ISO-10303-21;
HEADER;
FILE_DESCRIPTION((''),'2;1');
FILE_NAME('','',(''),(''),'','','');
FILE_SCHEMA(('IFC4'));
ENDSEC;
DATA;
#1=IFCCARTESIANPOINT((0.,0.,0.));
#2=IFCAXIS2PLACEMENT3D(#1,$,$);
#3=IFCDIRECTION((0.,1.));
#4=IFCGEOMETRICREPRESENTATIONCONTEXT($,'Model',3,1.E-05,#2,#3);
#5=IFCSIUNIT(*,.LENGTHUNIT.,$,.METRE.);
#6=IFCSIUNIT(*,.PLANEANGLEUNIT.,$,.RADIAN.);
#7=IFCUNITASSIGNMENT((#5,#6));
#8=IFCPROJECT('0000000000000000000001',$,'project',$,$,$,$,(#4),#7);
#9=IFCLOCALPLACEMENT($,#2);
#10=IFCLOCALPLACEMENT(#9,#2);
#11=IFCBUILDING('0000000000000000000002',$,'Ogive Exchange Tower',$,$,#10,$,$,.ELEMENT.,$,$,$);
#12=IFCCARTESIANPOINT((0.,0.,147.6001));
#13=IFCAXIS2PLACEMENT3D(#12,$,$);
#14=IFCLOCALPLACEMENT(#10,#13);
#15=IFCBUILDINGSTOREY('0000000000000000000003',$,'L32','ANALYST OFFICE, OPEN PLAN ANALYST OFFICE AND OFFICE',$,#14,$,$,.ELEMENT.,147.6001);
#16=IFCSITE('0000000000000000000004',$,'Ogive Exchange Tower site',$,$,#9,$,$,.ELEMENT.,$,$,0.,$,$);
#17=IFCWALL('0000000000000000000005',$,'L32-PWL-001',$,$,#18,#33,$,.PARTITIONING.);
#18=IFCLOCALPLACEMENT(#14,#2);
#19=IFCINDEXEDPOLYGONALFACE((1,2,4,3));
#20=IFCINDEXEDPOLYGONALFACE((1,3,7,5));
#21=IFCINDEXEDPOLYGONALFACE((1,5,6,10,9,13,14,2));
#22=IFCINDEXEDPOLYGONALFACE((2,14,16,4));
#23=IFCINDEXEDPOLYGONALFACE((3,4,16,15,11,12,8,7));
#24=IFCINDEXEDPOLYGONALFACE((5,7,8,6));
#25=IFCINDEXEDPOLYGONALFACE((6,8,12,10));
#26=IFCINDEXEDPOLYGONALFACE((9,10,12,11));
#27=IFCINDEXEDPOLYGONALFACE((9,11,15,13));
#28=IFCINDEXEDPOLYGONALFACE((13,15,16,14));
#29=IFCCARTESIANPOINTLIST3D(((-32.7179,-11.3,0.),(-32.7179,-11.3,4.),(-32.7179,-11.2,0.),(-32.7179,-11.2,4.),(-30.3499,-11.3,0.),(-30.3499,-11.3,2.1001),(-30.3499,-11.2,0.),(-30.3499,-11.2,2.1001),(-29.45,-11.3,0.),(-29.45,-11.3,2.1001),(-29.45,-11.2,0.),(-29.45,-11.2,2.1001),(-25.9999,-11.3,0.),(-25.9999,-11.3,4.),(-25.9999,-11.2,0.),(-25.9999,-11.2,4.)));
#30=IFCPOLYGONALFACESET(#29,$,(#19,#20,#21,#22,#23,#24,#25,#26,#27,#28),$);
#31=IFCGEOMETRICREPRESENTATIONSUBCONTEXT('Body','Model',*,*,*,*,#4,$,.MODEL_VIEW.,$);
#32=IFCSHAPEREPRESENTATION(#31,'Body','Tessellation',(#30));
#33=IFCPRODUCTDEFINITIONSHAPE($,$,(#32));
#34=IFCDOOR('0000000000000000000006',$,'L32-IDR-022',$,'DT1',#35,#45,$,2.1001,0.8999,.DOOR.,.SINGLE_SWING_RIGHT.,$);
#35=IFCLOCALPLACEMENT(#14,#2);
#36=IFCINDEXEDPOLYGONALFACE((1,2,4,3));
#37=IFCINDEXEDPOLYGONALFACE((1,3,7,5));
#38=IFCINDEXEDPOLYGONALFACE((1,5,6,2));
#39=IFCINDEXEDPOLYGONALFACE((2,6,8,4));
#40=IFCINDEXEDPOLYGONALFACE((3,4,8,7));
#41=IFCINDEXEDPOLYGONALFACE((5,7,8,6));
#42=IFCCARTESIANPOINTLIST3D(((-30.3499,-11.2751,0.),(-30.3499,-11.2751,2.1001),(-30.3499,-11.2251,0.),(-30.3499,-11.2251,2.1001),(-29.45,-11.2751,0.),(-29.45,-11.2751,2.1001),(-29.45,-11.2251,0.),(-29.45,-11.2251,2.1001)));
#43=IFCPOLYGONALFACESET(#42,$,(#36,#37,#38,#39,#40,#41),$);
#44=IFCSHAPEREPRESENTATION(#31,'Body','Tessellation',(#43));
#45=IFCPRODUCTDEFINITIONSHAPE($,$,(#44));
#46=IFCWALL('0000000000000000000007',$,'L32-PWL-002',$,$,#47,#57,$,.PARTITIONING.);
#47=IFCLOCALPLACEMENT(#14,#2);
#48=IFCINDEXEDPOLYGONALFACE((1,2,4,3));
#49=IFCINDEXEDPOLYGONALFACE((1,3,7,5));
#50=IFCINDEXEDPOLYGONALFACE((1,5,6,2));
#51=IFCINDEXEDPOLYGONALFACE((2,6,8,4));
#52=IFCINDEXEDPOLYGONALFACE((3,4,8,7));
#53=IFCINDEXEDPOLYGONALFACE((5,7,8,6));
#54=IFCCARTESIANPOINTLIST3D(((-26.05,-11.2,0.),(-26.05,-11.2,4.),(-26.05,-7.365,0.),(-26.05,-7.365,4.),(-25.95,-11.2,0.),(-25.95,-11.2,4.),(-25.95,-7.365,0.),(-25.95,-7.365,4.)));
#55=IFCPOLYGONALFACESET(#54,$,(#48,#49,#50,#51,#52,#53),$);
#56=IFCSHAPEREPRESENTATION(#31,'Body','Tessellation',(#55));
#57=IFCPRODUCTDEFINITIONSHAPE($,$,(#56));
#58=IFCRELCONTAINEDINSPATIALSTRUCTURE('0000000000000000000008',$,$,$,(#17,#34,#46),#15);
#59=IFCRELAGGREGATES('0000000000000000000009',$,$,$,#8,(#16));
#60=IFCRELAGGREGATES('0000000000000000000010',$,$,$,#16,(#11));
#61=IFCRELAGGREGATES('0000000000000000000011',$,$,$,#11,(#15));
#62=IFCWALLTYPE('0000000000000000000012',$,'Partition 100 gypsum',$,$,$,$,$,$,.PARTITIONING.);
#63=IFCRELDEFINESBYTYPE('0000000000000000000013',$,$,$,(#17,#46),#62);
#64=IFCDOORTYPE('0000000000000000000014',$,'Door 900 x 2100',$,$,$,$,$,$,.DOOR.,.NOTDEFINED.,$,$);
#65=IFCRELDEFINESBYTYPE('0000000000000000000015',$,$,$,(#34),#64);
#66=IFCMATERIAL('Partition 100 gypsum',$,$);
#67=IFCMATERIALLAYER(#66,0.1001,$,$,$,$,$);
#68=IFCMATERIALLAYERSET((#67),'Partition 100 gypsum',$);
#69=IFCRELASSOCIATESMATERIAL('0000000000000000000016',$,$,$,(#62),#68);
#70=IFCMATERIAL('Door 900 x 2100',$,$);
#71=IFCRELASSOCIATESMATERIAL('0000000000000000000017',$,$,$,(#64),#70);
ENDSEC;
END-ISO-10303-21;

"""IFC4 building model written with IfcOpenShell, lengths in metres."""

from ifc_helpers import new_model, si_unit, direction, frame, frame_2d, origin, place, context, subcontext, project, spatial, rectangle, extrude, material, layer, layer_set, type_object, element, fill, save


model = new_model("IFC4")

# Units and contexts
model_context = context("Model", 3, precision=1e-05, world=origin(), true_north=direction((0.0, 1.0)))
body_context = subcontext(model_context, "Body", "Model", "MODEL_VIEW")
ifc_project = project(units=[si_unit("LENGTHUNIT", "METRE"), si_unit("PLANEANGLEUNIT", "RADIAN")], contexts=[model_context])

# Site, building, storey
site_placement = place(None, origin())
site = spatial("IfcSite", under=ifc_project, at=site_placement, Name="Ogive Exchange Tower site", CompositionType="ELEMENT", RefElevation=0.0)
building_placement = place(site_placement, origin())
building = spatial("IfcBuilding", under=site, at=building_placement, Name="Ogive Exchange Tower", CompositionType="ELEMENT")
storey_placement = place(building_placement, frame((0.0, 0.0, 147.6001)))
storey = spatial("IfcBuildingStorey", under=building, at=storey_placement, Name="L32", Description="ANALYST OFFICE, OPEN PLAN ANALYST OFFICE AND OFFICE", CompositionType="ELEMENT", Elevation=147.6001)

# Wall, opening, door
ifc_material_1 = material(Name="Partition 100 gypsum")
ifc_layer_1 = layer(ifc_material_1, 0.1001)
ifc_layer_set_1 = layer_set([ifc_layer_1], Name="Partition 100 gypsum")
wall_type_1 = type_object("IfcWallType", Name="Partition 100 gypsum", PredefinedType="PARTITIONING", material=ifc_layer_set_1)
wall_1_placement = place(storey_placement, frame((-26.0, -11.25, 0.0), z_axis=(0.0, 0.0, 1.0), x_axis=(-1.0, 0.0, 0.0)))
wall_1 = element("IfcWall", 1, at=wall_1_placement, inside=storey, type_object=wall_type_1, Name="L32-PWL-001", PredefinedType="PARTITIONING", context=body_context, shape_type="SweptSolid", body=[
    extrude(rectangle(XDim=6.718, YDim=0.1001, at=frame_2d((3.3589, 0.0))), origin(), (0.0, 0.0, 1.0), 4.0),
])
opening_1_placement = place(wall_1_placement, frame((3.45, 0.0, 0.0)))
opening_1 = element("IfcOpeningElement", 2, at=opening_1_placement, cuts=wall_1, PredefinedType="OPENING", context=body_context, shape_type="SweptSolid", body=[
    extrude(rectangle(XDim=0.8999, YDim=2.1001, at=frame_2d((0.45, 1.05))), frame((0.0, 0.0601, 0.0), z_axis=(0.0, -1.0, 0.0), x_axis=(1.0, 0.0, 0.0)), (0.0, 0.0, 1.0), 0.1201),
])
ifc_material_2 = material(Name="Door 900 x 2100")
door_type_1 = type_object("IfcDoorType", Name="Door 900 x 2100", OperationType="NOTDEFINED", PredefinedType="DOOR", material=ifc_material_2)
door_1_placement = place(opening_1_placement, frame((0.8999, 0.0, 0.0), z_axis=(0.0, 0.0, 1.0), x_axis=(-1.0, 0.0, 0.0)))
door_1 = element("IfcDoor", 3, at=door_1_placement, inside=storey, type_object=door_type_1, Name="L32-IDR-022", ObjectType="DT1", OperationType="SINGLE_SWING_RIGHT", OverallHeight=2.1001, OverallWidth=0.8999, PredefinedType="DOOR", context=body_context, shape_type="SweptSolid", body=[
    extrude(rectangle(XDim=0.8999, YDim=2.1001, at=frame_2d((0.45, 1.05))), frame((0.0, 0.0249, 0.0), z_axis=(0.0, -1.0, 0.0), x_axis=(1.0, 0.0, 0.0)), (0.0, 0.0, 1.0), 0.05),
])
fill(opening_1, door_1)

# Wall
wall_2_placement = place(storey_placement, frame((-26.0, -11.2, 0.0), z_axis=(0.0, 0.0, 1.0), x_axis=(0.0, 1.0, 0.0)))
element("IfcWall", 4, at=wall_2_placement, inside=storey, type_object=wall_type_1, Name="L32-PWL-002", PredefinedType="PARTITIONING", context=body_context, shape_type="SweptSolid", body=[
    extrude(rectangle(XDim=3.835, YDim=0.1001, at=frame_2d((1.9175, 0.0))), origin(), (0.0, 0.0, 1.0), 4.0),
])

save(model, "model.ifc")
